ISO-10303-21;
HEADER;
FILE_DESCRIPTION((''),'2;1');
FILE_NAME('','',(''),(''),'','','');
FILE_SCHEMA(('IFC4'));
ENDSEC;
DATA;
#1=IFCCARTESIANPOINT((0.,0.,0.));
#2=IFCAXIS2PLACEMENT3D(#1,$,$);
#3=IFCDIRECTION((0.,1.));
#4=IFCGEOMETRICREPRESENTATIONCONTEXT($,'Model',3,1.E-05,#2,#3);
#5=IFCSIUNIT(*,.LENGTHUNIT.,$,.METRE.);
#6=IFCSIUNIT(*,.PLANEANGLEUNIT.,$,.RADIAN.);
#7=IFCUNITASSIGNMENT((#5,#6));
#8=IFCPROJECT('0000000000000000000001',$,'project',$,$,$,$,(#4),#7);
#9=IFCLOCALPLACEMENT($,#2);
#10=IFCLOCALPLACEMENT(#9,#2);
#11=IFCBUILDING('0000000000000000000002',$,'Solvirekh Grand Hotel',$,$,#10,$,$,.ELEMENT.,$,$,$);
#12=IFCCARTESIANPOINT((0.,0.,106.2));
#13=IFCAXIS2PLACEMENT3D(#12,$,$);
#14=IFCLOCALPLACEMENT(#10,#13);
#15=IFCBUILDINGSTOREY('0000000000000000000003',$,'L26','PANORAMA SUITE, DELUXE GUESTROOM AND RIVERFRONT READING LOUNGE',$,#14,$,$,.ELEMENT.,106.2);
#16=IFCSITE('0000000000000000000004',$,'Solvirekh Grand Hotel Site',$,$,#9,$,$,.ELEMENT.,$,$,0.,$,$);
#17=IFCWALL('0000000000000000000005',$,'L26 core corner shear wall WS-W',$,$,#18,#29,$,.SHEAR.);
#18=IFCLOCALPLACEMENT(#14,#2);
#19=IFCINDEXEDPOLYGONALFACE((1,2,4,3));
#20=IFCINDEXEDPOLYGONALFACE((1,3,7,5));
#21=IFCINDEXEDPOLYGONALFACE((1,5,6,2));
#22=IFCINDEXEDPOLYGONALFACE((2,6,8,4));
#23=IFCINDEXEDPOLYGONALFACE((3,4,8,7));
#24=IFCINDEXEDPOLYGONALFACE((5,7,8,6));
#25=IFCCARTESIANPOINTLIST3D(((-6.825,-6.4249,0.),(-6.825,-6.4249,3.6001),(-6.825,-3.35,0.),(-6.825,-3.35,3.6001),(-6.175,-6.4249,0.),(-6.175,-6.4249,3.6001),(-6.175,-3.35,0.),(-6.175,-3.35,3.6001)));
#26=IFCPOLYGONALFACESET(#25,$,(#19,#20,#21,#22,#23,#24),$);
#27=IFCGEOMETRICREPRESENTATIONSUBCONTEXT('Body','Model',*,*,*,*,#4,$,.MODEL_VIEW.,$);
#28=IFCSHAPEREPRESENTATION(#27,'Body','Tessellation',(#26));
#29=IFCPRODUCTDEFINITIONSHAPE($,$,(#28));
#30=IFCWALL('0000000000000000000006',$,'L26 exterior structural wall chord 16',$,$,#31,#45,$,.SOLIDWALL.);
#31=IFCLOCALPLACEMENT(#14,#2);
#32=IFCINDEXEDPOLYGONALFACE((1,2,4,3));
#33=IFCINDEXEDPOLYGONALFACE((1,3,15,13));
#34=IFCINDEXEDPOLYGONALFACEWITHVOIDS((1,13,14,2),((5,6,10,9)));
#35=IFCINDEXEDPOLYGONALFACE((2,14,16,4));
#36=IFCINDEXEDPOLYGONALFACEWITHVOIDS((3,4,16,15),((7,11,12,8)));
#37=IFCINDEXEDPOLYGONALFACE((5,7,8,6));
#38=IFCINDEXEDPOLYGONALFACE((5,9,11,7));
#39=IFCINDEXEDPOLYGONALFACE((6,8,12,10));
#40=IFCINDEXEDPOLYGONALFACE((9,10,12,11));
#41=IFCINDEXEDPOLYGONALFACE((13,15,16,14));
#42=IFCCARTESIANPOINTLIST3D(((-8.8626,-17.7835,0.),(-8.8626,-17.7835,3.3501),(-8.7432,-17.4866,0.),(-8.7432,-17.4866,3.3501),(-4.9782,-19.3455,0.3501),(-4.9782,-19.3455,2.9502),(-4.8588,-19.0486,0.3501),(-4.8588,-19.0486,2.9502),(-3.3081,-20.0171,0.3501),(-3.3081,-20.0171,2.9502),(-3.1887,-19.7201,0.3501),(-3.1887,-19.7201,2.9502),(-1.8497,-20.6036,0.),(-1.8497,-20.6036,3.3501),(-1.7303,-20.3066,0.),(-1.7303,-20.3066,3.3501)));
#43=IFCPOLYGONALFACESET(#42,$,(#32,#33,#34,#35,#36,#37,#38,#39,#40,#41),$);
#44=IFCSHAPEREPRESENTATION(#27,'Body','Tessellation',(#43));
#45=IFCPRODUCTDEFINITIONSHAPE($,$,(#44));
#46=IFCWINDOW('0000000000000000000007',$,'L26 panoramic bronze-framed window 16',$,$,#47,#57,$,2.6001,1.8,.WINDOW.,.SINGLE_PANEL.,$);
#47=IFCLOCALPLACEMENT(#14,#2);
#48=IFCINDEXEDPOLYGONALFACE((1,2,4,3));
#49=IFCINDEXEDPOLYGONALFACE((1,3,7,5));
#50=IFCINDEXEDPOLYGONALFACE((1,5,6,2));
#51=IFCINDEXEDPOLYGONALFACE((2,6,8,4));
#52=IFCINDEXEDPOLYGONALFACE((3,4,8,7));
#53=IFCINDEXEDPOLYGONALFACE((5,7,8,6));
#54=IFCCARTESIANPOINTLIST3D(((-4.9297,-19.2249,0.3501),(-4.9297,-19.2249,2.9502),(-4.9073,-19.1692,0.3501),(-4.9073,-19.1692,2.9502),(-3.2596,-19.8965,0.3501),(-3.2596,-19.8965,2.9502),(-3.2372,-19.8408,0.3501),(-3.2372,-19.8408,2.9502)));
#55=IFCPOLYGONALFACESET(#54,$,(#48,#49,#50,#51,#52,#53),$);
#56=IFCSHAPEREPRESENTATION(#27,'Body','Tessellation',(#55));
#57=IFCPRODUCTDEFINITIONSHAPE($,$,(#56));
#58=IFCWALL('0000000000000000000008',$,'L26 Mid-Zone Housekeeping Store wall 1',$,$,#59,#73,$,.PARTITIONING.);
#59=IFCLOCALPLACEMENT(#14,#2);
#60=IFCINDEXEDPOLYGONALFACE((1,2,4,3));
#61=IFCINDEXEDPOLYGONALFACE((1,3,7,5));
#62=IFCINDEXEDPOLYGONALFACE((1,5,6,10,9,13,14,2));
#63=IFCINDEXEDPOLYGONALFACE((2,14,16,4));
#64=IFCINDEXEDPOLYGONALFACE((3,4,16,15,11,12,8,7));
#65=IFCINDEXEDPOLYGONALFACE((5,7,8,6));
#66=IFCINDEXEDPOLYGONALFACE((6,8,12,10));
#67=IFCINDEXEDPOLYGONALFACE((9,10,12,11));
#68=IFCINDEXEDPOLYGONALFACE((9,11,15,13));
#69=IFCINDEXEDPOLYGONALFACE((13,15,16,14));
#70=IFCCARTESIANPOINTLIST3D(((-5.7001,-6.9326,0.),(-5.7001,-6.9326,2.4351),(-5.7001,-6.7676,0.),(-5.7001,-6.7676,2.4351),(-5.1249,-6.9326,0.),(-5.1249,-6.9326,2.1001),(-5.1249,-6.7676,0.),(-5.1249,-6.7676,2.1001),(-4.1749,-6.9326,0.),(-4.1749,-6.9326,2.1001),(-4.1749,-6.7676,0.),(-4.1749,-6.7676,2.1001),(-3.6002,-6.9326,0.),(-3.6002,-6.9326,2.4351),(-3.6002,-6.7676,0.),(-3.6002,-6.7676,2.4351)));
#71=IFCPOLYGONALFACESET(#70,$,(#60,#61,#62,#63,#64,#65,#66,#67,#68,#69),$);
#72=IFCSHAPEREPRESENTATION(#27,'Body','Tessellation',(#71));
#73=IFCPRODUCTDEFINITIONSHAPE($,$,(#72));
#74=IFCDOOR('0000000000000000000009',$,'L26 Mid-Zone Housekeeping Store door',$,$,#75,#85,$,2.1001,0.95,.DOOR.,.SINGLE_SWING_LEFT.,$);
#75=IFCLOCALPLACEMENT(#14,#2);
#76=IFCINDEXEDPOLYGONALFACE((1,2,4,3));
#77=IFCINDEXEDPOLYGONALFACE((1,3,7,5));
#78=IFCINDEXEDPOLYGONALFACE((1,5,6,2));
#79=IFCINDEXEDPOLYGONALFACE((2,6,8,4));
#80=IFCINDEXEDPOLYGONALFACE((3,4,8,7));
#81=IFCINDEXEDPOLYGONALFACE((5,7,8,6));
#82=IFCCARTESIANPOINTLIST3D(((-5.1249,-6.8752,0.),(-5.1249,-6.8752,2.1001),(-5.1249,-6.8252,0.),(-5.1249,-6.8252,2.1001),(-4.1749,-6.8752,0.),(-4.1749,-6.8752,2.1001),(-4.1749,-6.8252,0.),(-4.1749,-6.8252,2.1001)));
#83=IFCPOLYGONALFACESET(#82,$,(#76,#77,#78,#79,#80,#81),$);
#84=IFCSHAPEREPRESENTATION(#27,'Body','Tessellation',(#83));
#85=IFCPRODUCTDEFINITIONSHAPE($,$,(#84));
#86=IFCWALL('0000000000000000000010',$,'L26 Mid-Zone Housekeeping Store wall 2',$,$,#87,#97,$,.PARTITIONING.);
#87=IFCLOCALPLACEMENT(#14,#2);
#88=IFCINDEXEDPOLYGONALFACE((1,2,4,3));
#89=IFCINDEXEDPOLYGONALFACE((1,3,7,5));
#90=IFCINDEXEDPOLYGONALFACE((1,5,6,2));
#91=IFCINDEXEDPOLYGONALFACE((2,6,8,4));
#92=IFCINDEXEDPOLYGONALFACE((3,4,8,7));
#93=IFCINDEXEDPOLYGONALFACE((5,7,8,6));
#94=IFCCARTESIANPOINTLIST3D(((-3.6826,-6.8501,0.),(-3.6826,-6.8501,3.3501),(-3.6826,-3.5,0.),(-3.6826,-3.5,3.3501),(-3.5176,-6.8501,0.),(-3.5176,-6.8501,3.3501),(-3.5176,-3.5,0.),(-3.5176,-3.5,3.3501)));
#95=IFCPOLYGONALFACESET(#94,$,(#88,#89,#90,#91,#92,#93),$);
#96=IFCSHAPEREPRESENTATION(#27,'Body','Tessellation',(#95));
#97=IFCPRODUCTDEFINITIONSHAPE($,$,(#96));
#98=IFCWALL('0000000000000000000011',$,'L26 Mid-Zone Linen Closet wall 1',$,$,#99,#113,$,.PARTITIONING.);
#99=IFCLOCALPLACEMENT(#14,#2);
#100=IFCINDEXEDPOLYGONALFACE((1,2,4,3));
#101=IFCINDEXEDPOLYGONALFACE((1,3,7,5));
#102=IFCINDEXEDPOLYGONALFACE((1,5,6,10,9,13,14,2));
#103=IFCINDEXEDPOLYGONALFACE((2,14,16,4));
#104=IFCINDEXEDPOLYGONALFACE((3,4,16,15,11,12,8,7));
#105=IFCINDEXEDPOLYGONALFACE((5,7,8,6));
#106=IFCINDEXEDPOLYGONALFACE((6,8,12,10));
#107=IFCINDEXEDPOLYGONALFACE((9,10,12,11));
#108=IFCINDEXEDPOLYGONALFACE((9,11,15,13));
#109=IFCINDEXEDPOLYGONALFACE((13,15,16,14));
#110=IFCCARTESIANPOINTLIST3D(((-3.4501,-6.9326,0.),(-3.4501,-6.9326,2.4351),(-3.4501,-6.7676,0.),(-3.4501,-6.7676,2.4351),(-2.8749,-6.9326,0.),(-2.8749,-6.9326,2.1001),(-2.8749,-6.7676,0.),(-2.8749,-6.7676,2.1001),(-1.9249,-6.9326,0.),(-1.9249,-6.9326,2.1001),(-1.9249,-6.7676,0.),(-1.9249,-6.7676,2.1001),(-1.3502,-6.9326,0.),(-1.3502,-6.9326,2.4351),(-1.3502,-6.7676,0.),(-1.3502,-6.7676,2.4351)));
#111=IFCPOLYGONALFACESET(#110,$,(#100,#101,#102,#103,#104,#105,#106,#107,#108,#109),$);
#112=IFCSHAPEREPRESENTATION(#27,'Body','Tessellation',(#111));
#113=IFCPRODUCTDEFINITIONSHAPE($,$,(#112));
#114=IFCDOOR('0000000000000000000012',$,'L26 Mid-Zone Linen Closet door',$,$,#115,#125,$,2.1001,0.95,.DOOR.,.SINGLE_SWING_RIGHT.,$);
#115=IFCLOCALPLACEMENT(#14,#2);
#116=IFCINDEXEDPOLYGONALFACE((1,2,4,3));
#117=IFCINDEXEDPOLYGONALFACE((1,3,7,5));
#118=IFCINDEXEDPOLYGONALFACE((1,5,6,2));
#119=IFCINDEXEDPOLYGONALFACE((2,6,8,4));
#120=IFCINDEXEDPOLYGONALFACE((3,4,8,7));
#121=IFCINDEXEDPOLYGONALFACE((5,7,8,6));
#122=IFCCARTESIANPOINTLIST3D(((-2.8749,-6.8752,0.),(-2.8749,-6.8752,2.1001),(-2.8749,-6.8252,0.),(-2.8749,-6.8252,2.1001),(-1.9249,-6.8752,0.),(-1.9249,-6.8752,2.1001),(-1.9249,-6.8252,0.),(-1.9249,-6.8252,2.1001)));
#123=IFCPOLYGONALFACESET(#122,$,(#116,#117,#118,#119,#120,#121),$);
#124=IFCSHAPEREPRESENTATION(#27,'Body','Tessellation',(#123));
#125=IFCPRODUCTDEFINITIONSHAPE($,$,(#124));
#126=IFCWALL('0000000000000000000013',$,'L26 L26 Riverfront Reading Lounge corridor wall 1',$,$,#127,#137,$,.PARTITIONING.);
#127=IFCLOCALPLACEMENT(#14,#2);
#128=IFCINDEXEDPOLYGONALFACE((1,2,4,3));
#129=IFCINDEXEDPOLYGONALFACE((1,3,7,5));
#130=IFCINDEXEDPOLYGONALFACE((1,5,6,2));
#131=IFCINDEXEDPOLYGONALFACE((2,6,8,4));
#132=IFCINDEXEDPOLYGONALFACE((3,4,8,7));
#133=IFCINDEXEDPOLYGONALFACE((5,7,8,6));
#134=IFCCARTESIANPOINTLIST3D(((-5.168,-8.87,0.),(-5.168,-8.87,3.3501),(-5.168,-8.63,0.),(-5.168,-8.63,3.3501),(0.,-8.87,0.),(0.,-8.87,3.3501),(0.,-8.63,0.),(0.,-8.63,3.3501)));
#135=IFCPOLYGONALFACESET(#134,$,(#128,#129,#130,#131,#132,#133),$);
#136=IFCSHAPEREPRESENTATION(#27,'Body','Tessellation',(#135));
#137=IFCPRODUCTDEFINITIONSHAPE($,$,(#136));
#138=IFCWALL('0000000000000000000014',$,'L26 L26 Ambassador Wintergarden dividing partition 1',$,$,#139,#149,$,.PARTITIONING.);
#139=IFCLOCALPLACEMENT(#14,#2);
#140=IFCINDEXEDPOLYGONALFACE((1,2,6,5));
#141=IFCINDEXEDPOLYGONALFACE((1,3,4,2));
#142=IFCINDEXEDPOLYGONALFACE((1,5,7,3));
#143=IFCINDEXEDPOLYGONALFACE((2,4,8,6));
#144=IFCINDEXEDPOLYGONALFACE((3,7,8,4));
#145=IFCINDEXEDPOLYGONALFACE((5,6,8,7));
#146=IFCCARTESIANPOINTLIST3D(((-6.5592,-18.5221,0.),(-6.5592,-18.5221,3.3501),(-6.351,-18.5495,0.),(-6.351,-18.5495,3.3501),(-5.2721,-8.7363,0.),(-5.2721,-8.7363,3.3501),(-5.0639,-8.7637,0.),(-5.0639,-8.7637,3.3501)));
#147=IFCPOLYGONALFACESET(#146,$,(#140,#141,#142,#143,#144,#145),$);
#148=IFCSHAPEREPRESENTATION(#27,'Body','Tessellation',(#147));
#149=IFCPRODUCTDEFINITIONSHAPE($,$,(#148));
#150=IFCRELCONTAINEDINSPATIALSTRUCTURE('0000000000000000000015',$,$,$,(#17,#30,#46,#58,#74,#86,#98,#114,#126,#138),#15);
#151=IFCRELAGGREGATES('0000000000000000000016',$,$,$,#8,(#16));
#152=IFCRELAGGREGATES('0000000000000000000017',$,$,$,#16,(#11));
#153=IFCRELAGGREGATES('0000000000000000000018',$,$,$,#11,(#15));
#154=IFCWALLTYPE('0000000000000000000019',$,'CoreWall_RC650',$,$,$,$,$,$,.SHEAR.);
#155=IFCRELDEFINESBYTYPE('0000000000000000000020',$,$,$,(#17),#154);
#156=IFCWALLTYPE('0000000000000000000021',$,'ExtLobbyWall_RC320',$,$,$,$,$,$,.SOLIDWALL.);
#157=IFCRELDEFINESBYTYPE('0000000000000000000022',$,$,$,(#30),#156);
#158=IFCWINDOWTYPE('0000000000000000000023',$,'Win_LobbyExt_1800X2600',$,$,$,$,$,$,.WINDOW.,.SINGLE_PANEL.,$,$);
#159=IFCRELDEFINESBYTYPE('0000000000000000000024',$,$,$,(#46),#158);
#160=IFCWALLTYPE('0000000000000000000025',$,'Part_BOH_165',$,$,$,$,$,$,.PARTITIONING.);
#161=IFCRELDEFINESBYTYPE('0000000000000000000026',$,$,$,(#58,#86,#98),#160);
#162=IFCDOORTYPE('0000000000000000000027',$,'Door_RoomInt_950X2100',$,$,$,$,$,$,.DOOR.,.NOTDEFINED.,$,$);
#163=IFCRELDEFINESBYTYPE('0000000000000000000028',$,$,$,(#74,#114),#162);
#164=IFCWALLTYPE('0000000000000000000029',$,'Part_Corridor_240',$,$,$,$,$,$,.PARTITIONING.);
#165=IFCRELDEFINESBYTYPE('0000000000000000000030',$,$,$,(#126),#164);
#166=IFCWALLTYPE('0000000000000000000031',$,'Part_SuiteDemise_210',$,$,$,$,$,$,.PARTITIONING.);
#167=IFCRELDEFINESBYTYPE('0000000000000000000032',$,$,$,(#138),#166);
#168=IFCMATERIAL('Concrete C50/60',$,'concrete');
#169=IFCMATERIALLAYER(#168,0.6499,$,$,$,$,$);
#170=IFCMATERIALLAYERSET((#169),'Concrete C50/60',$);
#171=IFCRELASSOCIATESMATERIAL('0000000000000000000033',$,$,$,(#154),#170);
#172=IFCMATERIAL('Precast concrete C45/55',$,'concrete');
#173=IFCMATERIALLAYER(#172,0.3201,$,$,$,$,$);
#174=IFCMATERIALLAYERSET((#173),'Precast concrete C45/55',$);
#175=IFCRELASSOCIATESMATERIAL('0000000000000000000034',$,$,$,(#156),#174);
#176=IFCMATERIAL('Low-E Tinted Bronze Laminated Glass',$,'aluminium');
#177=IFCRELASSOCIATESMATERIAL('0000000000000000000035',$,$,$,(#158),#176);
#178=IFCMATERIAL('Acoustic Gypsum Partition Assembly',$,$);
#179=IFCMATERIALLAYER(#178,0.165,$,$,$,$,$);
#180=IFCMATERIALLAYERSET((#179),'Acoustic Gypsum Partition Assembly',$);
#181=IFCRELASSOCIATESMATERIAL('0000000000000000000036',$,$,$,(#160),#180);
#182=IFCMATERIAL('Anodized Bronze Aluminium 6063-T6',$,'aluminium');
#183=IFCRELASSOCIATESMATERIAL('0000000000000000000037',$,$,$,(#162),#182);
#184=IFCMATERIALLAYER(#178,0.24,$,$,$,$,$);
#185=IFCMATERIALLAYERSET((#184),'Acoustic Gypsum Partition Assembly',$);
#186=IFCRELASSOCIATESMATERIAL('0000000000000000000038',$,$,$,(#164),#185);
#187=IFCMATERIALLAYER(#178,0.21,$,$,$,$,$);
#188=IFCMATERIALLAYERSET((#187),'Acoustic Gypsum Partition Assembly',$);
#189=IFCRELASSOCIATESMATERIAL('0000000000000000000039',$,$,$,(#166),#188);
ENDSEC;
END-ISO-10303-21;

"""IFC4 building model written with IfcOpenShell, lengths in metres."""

from ifc_helpers import new_model, si_unit, direction, frame, frame_2d, origin, place, context, subcontext, project, spatial, rectangle, extrude, material, layer, layer_set, type_object, element, fill, save


model = new_model("IFC4")

# Units and contexts
model_context = context("Model", 3, precision=1e-05, world=origin(), true_north=direction((0.0, 1.0)))
body_context = subcontext(model_context, "Body", "Model", "MODEL_VIEW")
ifc_project = project(units=[si_unit("LENGTHUNIT", "METRE"), si_unit("PLANEANGLEUNIT", "RADIAN")], contexts=[model_context])

# Site, building, storey
site_placement = place(None, origin())
site = spatial("IfcSite", under=ifc_project, at=site_placement, Name="Solvirekh Grand Hotel Site", CompositionType="ELEMENT", RefElevation=0.0)
building_placement = place(site_placement, origin())
building = spatial("IfcBuilding", under=site, at=building_placement, Name="Solvirekh Grand Hotel", CompositionType="ELEMENT")
storey_placement = place(building_placement, frame((0.0, 0.0, 106.2)))
storey = spatial("IfcBuildingStorey", under=building, at=storey_placement, Name="L26", Description="PANORAMA SUITE, DELUXE GUESTROOM AND RIVERFRONT READING LOUNGE", CompositionType="ELEMENT", Elevation=106.2)

# Shared definitions
ifc_material_1 = material(Name="Concrete C50/60", Category="concrete")

# Wall
ifc_layer_1 = layer(ifc_material_1, 0.6499)
ifc_layer_set_1 = layer_set([ifc_layer_1], Name="Concrete C50/60")
wall_type_1 = type_object("IfcWallType", Name="CoreWall_RC650", PredefinedType="SHEAR", material=ifc_layer_set_1)
wall_1_placement = place(storey_placement, frame((-6.5, -6.425, 0.0), z_axis=(0.0, 0.0, 1.0), x_axis=(0.0, 1.0, 0.0)))
element("IfcWall", 1, at=wall_1_placement, inside=storey, type_object=wall_type_1, Name="L26 core corner shear wall WS-W", PredefinedType="SHEAR", context=body_context, shape_type="SweptSolid", body=[
    extrude(rectangle(XDim=3.075, YDim=0.6499, at=frame_2d((1.5376, 0.0))), origin(), (0.0, 0.0, 1.0), 3.6001),
])

# Wall, opening, window
ifc_material_2 = material(Name="Precast concrete C45/55", Category="concrete")
ifc_layer_2 = layer(ifc_material_2, 0.3201)
ifc_layer_set_2 = layer_set([ifc_layer_2], Name="Precast concrete C45/55")
wall_type_2 = type_object("IfcWallType", Name="ExtLobbyWall_RC320", PredefinedType="SOLIDWALL", material=ifc_layer_set_2)
wall_2_placement = place(storey_placement, frame((-1.79, -20.4551, 0.0), z_axis=(0.0, 0.0, 1.0), x_axis=(-0.927796, 0.373089, 0.0)))
wall_2 = element("IfcWall", 2, at=wall_2_placement, inside=storey, type_object=wall_type_2, Name="L26 exterior structural wall chord 16", PredefinedType="SOLIDWALL", context=body_context, shape_type="SweptSolid", body=[
    extrude(rectangle(XDim=7.5586, YDim=0.3201, at=frame_2d((3.7793, 0.0))), origin(), (0.0, 0.0, 1.0), 3.3501),
])
opening_1_placement = place(wall_2_placement, frame((1.572, 0.0, 0.3501)))
opening_1 = element("IfcOpeningElement", 3, at=opening_1_placement, cuts=wall_2, PredefinedType="OPENING", context=body_context, shape_type="SweptSolid", body=[
    extrude(rectangle(XDim=1.8, YDim=2.6001, at=frame_2d((0.8999, 1.3))), frame((0.0, 0.1699, 0.0), z_axis=(0.0, -1.0, 0.0), x_axis=(1.0, 0.0, 0.0)), (0.0, 0.0, 1.0), 0.3401),
])
ifc_material_3 = material(Name="Low-E Tinted Bronze Laminated Glass", Category="aluminium")
window_type = type_object("IfcWindowType", Name="Win_LobbyExt_1800X2600", PartitioningType="SINGLE_PANEL", PredefinedType="WINDOW", material=ifc_material_3)
window_placement = place(opening_1_placement, origin())
window = element("IfcWindow", 4, at=window_placement, inside=storey, type_object=window_type, Name="L26 panoramic bronze-framed window 16", OverallHeight=2.6001, OverallWidth=1.8, PartitioningType="SINGLE_PANEL", PredefinedType="WINDOW", context=body_context, shape_type="SweptSolid", body=[
    extrude(rectangle(XDim=1.8, YDim=2.6001, at=frame_2d((0.8999, 1.3))), frame((0.0, 0.03, 0.0), z_axis=(0.0, -1.0, 0.0), x_axis=(1.0, 0.0, 0.0)), (0.0, 0.0, 1.0), 0.0601),
])
fill(opening_1, window)

# Wall, opening, door
ifc_material_4 = material(Name="Acoustic Gypsum Partition Assembly")
ifc_layer_3 = layer(ifc_material_4, 0.165)
ifc_layer_set_3 = layer_set([ifc_layer_3], Name="Acoustic Gypsum Partition Assembly")
wall_type_3 = type_object("IfcWallType", Name="Part_BOH_165", PredefinedType="PARTITIONING", material=ifc_layer_set_3)
wall_3_placement = place(storey_placement, frame((-5.7, -6.8501, 0.0), z_axis=(0.0, 0.0, 1.0), x_axis=(1.0, 0.0, 0.0)))
wall_3 = element("IfcWall", 5, at=wall_3_placement, inside=storey, type_object=wall_type_3, Name="L26 Mid-Zone Housekeeping Store wall 1", PredefinedType="PARTITIONING", context=body_context, shape_type="SweptSolid", body=[
    extrude(rectangle(XDim=2.0999, YDim=0.165, at=frame_2d((1.0498, 0.0))), origin(), (0.0, 0.0, 1.0), 2.4351),
])
opening_2_placement = place(wall_3_placement, frame((0.575, 0.0, 0.0)))
opening_2 = element("IfcOpeningElement", 6, at=opening_2_placement, cuts=wall_3, PredefinedType="OPENING", context=body_context, shape_type="SweptSolid", body=[
    extrude(rectangle(XDim=0.95, YDim=2.1001, at=frame_2d((0.4751, 1.05))), frame((0.0, 0.0925, 0.0), z_axis=(0.0, -1.0, 0.0), x_axis=(1.0, 0.0, 0.0)), (0.0, 0.0, 1.0), 0.1851),
])
ifc_material_5 = material(Name="Anodized Bronze Aluminium 6063-T6", Category="aluminium")
door_type = type_object("IfcDoorType", Name="Door_RoomInt_950X2100", OperationType="NOTDEFINED", PredefinedType="DOOR", material=ifc_material_5)
door_1_placement = place(opening_2_placement, origin())
door_1 = element("IfcDoor", 7, at=door_1_placement, inside=storey, type_object=door_type, Name="L26 Mid-Zone Housekeeping Store door", OperationType="SINGLE_SWING_LEFT", OverallHeight=2.1001, OverallWidth=0.95, PredefinedType="DOOR", context=body_context, shape_type="SweptSolid", body=[
    extrude(rectangle(XDim=0.95, YDim=2.1001, at=frame_2d((0.4751, 1.05))), frame((0.0, 0.0249, 0.0), z_axis=(0.0, -1.0, 0.0), x_axis=(1.0, 0.0, 0.0)), (0.0, 0.0, 1.0), 0.05),
])
fill(opening_2, door_1)

# Wall
wall_4_placement = place(storey_placement, frame((-3.6001, -6.8501, 0.0), z_axis=(0.0, 0.0, 1.0), x_axis=(0.0, 1.0, 0.0)))
element("IfcWall", 8, at=wall_4_placement, inside=storey, type_object=wall_type_3, Name="L26 Mid-Zone Housekeeping Store wall 2", PredefinedType="PARTITIONING", context=body_context, shape_type="SweptSolid", body=[
    extrude(rectangle(XDim=3.3501, YDim=0.165, at=frame_2d((1.675, 0.0))), origin(), (0.0, 0.0, 1.0), 3.3501),
])

# Wall, opening, door
wall_5_placement = place(storey_placement, frame((-3.45, -6.8501, 0.0), z_axis=(0.0, 0.0, 1.0), x_axis=(1.0, 0.0, 0.0)))
wall_5 = element("IfcWall", 9, at=wall_5_placement, inside=storey, type_object=wall_type_3, Name="L26 Mid-Zone Linen Closet wall 1", PredefinedType="PARTITIONING", context=body_context, shape_type="SweptSolid", body=[
    extrude(rectangle(XDim=2.0999, YDim=0.165, at=frame_2d((1.0498, 0.0))), origin(), (0.0, 0.0, 1.0), 2.4351),
])
opening_3_placement = place(wall_5_placement, frame((0.575, 0.0, 0.0)))
opening_3 = element("IfcOpeningElement", 10, at=opening_3_placement, cuts=wall_5, PredefinedType="OPENING", context=body_context, shape_type="SweptSolid", body=[
    extrude(rectangle(XDim=0.95, YDim=2.1001, at=frame_2d((0.4751, 1.05))), frame((0.0, 0.0925, 0.0), z_axis=(0.0, -1.0, 0.0), x_axis=(1.0, 0.0, 0.0)), (0.0, 0.0, 1.0), 0.1851),
])
door_2_placement = place(opening_3_placement, origin())
door_2 = element("IfcDoor", 11, at=door_2_placement, inside=storey, type_object=door_type, Name="L26 Mid-Zone Linen Closet door", OperationType="SINGLE_SWING_RIGHT", OverallHeight=2.1001, OverallWidth=0.95, PredefinedType="DOOR", context=body_context, shape_type="SweptSolid", body=[
    extrude(rectangle(XDim=0.95, YDim=2.1001, at=frame_2d((0.4751, 1.05))), frame((0.0, 0.0249, 0.0), z_axis=(0.0, -1.0, 0.0), x_axis=(1.0, 0.0, 0.0)), (0.0, 0.0, 1.0), 0.05),
])
fill(opening_3, door_2)

# Walls
ifc_layer_4 = layer(ifc_material_4, 0.24)
ifc_layer_set_4 = layer_set([ifc_layer_4], Name="Acoustic Gypsum Partition Assembly")
wall_type_4 = type_object("IfcWallType", Name="Part_Corridor_240", PredefinedType="PARTITIONING", material=ifc_layer_set_4)
wall_6_placement = place(storey_placement, frame((-5.168, -8.75, 0.0), z_axis=(0.0, 0.0, 1.0), x_axis=(1.0, 0.0, 0.0)))
element("IfcWall", 12, at=wall_6_placement, inside=storey, type_object=wall_type_4, Name="L26 L26 Riverfront Reading Lounge corridor wall 1", PredefinedType="PARTITIONING", context=body_context, shape_type="SweptSolid", body=[
    extrude(rectangle(XDim=5.168, YDim=0.24, at=frame_2d((2.584, 0.0))), origin(), (0.0, 0.0, 1.0), 3.3501),
])
ifc_layer_5 = layer(ifc_material_4, 0.21)
ifc_layer_set_5 = layer_set([ifc_layer_5], Name="Acoustic Gypsum Partition Assembly")
wall_type_5 = type_object("IfcWallType", Name="Part_SuiteDemise_210", PredefinedType="PARTITIONING", material=ifc_layer_set_5)
wall_7_placement = place(storey_placement, frame((-5.168, -8.75, 0.0), z_axis=(0.0, 0.0, 1.0), x_axis=(-0.130404, -0.991461, 0.0)))
element("IfcWall", 13, at=wall_7_placement, inside=storey, type_object=wall_type_5, Name="L26 L26 Ambassador Wintergarden dividing partition 1", PredefinedType="PARTITIONING", context=body_context, shape_type="SweptSolid", body=[
    extrude(rectangle(XDim=9.8701, YDim=0.21, at=frame_2d((4.9351, 0.0))), origin(), (0.0, 0.0, 1.0), 3.3501),
])

save(model, "model.ifc")
